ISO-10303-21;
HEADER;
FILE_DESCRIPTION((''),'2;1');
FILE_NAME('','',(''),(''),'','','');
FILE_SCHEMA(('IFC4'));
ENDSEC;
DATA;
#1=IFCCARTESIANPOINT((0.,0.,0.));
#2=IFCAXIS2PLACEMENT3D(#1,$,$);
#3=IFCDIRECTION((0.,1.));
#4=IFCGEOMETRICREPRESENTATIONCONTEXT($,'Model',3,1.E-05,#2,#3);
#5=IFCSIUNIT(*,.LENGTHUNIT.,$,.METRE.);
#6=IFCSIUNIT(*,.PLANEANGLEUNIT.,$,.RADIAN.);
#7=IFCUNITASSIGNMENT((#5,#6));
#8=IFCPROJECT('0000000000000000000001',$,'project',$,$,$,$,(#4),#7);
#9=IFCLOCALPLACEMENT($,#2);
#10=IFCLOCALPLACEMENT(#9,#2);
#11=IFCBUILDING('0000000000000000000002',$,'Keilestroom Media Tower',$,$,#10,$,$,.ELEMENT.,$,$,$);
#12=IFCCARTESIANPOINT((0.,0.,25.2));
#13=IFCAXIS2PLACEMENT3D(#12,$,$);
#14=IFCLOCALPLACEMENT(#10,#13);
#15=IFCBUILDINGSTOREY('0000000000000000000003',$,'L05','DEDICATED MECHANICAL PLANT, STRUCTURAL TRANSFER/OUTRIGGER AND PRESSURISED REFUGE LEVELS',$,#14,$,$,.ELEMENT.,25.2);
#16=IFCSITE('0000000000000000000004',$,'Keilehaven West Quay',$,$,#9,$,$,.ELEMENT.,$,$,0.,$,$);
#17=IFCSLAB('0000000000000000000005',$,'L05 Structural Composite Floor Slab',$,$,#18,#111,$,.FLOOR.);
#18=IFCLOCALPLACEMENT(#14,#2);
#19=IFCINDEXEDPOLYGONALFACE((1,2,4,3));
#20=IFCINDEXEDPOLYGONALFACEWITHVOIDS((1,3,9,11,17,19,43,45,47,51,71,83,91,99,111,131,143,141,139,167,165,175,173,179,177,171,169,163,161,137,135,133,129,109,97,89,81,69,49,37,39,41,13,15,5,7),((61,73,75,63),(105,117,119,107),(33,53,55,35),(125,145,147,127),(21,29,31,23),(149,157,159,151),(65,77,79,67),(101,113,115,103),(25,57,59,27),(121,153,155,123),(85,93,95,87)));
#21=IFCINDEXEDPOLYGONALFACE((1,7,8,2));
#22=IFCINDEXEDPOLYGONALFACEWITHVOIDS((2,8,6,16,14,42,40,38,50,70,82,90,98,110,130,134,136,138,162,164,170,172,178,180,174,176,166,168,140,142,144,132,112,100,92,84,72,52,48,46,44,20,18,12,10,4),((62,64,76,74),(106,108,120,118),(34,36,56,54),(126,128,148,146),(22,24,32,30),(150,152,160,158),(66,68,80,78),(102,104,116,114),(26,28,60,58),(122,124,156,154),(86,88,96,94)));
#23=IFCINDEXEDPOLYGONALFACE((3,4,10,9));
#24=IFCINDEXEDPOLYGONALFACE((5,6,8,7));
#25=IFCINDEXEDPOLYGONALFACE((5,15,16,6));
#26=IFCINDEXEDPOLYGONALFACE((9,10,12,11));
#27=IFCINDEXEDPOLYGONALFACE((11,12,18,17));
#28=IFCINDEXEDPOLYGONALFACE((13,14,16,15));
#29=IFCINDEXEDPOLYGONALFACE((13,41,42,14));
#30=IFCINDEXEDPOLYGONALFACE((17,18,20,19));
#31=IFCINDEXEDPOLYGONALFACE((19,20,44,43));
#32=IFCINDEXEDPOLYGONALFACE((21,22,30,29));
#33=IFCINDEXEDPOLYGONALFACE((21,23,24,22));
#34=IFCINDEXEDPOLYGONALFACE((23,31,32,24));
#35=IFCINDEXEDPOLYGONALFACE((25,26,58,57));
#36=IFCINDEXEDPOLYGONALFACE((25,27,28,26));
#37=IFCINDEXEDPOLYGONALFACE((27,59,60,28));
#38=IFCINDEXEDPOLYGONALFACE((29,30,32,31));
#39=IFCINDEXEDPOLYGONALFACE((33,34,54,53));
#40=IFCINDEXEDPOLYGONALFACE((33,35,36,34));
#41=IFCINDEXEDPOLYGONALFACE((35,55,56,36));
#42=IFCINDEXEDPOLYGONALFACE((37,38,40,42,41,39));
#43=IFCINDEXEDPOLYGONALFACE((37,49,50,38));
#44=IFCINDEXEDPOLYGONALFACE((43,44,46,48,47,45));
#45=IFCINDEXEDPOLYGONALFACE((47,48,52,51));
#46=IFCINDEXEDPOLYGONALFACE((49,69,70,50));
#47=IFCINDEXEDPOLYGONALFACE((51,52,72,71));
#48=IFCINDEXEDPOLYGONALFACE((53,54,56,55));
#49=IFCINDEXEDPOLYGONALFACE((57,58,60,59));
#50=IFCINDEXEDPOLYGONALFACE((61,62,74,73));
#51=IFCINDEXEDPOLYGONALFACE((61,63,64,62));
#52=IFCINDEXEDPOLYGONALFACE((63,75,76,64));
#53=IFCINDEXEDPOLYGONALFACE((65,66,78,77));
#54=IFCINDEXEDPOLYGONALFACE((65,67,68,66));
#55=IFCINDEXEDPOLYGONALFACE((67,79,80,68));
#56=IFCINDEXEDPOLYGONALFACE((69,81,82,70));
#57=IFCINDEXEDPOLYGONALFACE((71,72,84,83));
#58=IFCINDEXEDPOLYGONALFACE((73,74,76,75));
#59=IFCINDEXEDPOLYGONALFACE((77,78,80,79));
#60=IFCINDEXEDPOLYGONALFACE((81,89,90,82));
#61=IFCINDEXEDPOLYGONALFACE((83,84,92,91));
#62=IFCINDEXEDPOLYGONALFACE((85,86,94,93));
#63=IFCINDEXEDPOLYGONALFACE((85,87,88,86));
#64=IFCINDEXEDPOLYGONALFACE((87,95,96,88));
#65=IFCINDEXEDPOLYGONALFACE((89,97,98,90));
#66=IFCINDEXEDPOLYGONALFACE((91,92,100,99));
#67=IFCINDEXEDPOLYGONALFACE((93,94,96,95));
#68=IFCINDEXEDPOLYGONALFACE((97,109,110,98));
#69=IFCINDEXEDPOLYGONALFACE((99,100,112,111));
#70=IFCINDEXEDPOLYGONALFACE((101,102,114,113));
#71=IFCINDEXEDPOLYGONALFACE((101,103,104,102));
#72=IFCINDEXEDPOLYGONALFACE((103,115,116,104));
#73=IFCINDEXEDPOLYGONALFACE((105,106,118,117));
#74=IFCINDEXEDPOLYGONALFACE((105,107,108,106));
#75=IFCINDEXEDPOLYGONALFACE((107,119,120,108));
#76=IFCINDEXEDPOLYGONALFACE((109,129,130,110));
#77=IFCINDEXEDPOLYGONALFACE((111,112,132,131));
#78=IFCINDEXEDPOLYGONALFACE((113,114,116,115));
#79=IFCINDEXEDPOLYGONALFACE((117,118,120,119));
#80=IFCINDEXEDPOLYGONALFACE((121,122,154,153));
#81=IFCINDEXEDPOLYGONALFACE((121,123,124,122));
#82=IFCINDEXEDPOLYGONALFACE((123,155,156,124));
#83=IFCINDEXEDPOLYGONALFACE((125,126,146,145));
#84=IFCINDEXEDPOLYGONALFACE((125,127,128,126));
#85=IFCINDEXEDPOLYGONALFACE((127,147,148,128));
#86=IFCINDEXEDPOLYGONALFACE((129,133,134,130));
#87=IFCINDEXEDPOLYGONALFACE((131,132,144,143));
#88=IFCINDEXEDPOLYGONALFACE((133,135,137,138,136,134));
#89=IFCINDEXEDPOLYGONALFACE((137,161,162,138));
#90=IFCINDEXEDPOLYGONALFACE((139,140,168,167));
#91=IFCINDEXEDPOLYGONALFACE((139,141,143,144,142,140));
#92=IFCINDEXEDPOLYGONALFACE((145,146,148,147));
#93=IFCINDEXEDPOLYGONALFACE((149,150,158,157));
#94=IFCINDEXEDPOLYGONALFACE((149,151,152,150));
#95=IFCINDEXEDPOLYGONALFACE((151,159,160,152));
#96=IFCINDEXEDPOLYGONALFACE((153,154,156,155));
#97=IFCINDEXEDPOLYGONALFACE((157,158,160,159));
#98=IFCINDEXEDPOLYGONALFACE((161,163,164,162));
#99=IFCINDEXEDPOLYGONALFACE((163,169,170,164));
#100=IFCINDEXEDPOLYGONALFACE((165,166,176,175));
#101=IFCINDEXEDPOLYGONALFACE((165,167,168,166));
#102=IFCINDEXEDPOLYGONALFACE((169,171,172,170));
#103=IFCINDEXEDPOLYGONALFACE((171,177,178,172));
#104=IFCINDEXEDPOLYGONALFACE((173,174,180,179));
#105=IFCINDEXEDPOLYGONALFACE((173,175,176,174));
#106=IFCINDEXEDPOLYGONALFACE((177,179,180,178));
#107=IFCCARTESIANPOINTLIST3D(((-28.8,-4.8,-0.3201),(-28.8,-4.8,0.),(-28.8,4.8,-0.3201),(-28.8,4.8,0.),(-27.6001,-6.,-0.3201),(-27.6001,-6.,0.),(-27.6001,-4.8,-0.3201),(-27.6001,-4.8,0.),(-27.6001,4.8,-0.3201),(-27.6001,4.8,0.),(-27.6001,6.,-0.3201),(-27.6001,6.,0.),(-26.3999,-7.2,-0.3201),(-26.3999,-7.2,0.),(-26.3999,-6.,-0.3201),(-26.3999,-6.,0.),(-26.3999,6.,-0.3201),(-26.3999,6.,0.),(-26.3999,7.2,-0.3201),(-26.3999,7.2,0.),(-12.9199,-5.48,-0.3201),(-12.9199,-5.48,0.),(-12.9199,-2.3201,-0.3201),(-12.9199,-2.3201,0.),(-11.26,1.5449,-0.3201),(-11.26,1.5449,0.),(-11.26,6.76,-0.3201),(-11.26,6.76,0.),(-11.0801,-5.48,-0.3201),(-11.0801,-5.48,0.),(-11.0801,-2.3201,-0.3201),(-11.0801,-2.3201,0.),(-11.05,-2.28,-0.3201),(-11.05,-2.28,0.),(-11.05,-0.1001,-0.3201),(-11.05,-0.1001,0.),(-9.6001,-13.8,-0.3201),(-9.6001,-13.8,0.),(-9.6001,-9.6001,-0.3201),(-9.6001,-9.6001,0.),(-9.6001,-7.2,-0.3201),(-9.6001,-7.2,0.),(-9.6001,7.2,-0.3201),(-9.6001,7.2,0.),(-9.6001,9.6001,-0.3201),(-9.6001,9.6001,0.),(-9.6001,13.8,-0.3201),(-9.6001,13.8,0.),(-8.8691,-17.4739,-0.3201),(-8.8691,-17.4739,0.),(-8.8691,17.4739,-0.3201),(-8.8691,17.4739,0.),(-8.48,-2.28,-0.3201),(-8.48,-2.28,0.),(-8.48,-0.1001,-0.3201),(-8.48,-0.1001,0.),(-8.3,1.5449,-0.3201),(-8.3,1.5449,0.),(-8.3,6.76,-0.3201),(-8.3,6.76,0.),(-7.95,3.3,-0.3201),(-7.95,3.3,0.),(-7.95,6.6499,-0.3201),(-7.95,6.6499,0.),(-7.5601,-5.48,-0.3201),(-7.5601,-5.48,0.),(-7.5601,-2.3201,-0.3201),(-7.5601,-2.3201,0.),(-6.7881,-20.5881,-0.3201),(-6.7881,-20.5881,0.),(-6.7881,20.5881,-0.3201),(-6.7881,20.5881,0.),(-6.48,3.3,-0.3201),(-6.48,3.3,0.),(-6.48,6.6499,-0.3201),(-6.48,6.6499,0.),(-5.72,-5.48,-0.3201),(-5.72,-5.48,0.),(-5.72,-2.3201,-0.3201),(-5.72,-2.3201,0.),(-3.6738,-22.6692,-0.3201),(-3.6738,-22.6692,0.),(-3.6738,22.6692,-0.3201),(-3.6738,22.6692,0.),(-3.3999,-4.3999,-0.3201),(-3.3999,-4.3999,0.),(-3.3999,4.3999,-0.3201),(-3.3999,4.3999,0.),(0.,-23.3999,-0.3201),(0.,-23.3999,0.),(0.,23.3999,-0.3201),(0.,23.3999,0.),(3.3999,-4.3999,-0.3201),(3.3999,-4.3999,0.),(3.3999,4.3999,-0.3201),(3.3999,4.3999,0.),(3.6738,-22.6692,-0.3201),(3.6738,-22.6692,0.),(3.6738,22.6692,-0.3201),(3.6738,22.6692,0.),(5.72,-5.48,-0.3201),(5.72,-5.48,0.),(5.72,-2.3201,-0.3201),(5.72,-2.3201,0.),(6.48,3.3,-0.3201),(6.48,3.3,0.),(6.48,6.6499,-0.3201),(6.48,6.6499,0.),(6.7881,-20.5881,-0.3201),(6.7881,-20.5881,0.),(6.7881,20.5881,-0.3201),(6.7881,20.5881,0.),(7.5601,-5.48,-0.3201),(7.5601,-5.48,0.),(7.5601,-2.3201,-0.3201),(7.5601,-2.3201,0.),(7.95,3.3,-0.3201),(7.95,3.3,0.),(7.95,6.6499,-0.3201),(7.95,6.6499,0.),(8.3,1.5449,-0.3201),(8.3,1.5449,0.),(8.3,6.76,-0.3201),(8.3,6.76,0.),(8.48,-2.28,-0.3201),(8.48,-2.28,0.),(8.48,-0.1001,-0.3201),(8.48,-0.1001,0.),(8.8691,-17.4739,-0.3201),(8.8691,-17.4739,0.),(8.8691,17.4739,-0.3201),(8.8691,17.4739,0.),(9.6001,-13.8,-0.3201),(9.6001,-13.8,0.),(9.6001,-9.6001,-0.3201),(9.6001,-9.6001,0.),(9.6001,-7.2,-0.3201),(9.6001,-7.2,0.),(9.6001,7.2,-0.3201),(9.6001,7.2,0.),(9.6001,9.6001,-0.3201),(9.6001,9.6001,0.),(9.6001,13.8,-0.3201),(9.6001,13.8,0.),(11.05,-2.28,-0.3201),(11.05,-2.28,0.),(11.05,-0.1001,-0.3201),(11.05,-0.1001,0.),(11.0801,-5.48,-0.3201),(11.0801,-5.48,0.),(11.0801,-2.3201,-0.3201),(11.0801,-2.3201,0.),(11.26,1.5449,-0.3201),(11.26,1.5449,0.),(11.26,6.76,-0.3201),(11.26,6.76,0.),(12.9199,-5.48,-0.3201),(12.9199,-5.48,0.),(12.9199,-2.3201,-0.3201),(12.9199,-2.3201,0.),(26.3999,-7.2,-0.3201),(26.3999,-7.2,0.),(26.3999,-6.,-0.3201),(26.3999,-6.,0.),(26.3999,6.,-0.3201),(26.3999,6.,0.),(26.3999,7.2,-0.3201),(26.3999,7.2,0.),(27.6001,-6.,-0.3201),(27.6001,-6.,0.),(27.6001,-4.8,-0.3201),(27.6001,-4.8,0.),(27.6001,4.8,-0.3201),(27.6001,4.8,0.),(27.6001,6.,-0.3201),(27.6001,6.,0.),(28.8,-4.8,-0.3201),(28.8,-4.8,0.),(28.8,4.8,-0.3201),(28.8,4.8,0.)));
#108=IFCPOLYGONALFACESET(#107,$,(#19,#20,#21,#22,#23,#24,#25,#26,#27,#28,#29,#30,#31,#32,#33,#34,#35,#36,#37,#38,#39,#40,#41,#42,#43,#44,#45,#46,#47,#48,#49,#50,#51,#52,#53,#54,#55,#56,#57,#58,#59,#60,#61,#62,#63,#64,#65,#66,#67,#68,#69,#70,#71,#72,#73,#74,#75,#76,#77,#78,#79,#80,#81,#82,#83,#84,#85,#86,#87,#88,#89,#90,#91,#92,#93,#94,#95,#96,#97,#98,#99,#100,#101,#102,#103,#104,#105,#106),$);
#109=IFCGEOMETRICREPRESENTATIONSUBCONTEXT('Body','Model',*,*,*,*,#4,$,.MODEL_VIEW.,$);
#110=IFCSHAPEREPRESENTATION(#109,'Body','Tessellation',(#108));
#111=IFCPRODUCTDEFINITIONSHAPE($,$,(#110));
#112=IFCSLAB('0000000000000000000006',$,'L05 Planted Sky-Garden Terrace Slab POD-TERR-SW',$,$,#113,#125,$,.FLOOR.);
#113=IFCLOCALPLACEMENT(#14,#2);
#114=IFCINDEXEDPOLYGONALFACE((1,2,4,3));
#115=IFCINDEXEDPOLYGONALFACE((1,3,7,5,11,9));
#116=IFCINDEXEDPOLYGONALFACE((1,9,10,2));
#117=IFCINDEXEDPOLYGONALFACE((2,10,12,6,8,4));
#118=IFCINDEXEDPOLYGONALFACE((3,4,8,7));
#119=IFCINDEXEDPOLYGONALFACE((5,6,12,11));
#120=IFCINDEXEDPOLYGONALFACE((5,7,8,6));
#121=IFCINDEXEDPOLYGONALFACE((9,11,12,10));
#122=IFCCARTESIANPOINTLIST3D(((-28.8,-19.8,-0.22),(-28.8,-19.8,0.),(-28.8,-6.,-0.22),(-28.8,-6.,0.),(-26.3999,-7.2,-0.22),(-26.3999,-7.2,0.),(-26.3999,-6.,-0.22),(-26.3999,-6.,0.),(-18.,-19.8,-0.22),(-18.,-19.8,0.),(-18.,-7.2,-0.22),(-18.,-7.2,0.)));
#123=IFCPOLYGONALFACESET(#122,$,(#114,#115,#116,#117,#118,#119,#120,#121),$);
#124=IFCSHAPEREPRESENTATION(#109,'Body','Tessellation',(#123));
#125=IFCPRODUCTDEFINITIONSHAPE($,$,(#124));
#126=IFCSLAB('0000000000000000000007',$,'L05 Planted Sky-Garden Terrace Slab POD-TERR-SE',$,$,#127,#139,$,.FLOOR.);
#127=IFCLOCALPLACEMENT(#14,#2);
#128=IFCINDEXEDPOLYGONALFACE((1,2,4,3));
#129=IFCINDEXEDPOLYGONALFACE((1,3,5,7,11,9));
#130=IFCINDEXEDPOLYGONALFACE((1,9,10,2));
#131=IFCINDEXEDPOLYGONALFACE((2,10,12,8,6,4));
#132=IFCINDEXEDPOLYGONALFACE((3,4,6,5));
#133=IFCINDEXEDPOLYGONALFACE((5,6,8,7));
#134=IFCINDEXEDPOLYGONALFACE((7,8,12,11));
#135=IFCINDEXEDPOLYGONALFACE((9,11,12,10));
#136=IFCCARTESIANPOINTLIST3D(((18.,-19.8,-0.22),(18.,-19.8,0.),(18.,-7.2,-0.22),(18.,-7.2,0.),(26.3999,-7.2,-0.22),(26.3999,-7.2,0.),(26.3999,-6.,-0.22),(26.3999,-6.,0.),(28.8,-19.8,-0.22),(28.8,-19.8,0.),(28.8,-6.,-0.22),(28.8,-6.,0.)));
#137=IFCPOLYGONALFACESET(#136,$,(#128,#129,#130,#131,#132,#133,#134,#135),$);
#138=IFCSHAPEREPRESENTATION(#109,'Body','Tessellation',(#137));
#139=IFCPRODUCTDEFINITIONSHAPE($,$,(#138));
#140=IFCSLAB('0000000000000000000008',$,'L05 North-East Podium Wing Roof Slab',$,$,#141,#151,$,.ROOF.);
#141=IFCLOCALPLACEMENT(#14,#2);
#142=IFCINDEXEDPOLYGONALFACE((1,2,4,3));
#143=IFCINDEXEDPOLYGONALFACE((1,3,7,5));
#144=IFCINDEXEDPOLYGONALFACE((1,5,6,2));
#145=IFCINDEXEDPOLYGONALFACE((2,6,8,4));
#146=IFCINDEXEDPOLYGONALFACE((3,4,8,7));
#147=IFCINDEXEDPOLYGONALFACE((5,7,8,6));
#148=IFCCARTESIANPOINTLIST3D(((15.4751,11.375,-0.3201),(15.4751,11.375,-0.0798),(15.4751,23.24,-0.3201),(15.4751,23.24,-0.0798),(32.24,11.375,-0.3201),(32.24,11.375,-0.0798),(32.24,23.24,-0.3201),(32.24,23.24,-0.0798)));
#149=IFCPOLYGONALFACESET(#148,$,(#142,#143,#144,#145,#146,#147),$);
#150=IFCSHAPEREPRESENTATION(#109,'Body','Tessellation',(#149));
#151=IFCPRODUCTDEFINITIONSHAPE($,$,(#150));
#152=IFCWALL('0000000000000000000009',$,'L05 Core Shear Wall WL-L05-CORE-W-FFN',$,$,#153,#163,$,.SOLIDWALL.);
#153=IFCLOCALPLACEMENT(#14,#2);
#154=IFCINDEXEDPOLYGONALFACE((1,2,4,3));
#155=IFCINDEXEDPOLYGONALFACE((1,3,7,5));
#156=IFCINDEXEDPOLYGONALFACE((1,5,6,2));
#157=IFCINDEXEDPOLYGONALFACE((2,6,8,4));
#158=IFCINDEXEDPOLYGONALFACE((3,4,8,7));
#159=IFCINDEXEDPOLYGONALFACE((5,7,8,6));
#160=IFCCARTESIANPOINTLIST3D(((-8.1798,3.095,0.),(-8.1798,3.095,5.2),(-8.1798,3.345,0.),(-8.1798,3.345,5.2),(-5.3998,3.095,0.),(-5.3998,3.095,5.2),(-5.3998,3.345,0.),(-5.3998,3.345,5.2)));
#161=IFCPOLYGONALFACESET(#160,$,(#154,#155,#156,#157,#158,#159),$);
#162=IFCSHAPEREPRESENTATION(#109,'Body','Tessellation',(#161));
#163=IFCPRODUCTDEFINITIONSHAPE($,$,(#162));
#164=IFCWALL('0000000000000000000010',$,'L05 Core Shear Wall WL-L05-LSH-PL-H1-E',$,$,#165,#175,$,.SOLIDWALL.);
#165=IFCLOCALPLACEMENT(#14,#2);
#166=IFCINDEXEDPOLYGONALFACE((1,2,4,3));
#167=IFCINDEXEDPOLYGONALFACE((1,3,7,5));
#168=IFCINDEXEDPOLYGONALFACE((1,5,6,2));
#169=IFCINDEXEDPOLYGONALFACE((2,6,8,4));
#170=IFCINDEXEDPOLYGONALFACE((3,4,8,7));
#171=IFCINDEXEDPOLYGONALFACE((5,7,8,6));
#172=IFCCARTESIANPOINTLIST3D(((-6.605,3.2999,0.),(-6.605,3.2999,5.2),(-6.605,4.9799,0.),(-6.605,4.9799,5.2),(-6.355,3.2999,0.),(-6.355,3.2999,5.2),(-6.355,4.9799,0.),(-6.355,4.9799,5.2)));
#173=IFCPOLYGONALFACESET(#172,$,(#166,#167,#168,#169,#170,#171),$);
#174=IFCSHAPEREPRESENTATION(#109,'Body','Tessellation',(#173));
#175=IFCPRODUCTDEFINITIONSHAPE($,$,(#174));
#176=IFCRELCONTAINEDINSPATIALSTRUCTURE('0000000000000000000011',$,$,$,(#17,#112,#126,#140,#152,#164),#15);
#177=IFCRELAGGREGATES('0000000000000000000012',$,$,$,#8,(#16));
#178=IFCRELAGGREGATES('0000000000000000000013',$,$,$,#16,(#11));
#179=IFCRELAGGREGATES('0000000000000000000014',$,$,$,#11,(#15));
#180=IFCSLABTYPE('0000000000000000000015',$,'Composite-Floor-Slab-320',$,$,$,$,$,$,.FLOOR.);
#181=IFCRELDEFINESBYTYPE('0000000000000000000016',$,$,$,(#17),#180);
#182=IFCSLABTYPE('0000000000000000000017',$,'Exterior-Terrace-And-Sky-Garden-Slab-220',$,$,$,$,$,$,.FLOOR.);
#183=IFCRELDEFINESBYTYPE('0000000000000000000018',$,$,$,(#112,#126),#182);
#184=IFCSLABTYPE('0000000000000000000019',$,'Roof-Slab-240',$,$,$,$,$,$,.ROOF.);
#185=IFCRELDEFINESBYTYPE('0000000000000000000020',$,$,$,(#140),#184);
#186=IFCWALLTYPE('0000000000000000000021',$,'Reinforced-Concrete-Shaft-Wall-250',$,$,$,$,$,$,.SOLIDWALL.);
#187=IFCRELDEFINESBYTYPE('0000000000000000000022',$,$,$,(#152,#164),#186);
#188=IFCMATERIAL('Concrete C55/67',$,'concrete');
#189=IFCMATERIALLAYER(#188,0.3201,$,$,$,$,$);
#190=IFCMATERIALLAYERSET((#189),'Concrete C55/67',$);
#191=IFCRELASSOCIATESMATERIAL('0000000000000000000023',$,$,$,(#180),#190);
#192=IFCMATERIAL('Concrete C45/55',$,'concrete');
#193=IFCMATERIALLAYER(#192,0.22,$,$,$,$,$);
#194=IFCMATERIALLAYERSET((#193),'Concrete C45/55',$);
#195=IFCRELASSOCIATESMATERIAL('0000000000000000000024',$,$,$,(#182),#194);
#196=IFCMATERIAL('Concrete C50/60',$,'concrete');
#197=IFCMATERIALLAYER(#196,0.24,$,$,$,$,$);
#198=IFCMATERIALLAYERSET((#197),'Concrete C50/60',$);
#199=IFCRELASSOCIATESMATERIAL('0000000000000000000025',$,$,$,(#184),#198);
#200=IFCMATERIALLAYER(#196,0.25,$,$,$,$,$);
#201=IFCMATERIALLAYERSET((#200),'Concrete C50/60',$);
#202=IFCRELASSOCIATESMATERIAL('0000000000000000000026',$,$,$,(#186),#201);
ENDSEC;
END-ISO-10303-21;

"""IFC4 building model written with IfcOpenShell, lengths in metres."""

from ifc_helpers import new_model, si_unit, direction, frame, frame_2d, origin, place, context, subcontext, project, spatial, polyline, rectangle, outline, extrude, material, layer, layer_set, type_object, element, save


model = new_model("IFC4")

# Units and contexts
model_context = context("Model", 3, precision=1e-05, world=origin(), true_north=direction((0.0, 1.0)))
body_context = subcontext(model_context, "Body", "Model", "MODEL_VIEW")
ifc_project = project(units=[si_unit("LENGTHUNIT", "METRE"), si_unit("PLANEANGLEUNIT", "RADIAN")], contexts=[model_context])

# Site, building, storey
site_placement = place(None, origin())
site = spatial("IfcSite", under=ifc_project, at=site_placement, Name="Keilehaven West Quay", CompositionType="ELEMENT", RefElevation=0.0)
building_placement = place(site_placement, origin())
building = spatial("IfcBuilding", under=site, at=building_placement, Name="Keilestroom Media Tower", CompositionType="ELEMENT")
storey_placement = place(building_placement, frame((0.0, 0.0, 25.2)))
storey = spatial("IfcBuildingStorey", under=building, at=storey_placement, Name="L05", Description="DEDICATED MECHANICAL PLANT, STRUCTURAL TRANSFER/OUTRIGGER AND PRESSURISED REFUGE LEVELS", CompositionType="ELEMENT", Elevation=25.2)

# Slabs
ifc_material_1 = material(Name="Concrete C55/67", Category="concrete")
ifc_layer_1 = layer(ifc_material_1, 0.3201)
ifc_layer_set_1 = layer_set([ifc_layer_1], Name="Concrete C55/67")
slab_type_1 = type_object("IfcSlabType", Name="Composite-Floor-Slab-320", PredefinedType="FLOOR", material=ifc_layer_set_1)
slab_1_placement = place(storey_placement, frame((0.0, 0.0, -0.3201)))
element("IfcSlab", 1, at=slab_1_placement, inside=storey, type_object=slab_type_1, Name="L05 Structural Composite Floor Slab", PredefinedType="FLOOR", context=body_context, shape_type="SweptSolid", body=[
    extrude(outline(polyline([(28.8, -4.8), (28.8, 4.8), (27.6001, 4.8), (27.6001, 6.0), (26.3999, 6.0), (26.3999, 7.2), (9.6001, 7.2), (9.6001, 9.6001), (9.6001, 13.8), (8.8691, 17.4739), (6.7881, 20.5881), (3.6738, 22.6692), (0.0, 23.3999), (-3.6738, 22.6692), (-6.7881, 20.5881), (-8.8691, 17.4739), (-9.6001, 13.8), (-9.6001, 9.6001), (-9.6001, 7.2), (-26.3999, 7.2), (-26.3999, 6.0), (-27.6001, 6.0), (-27.6001, 4.8), (-28.8, 4.8), (-28.8, -4.8), (-27.6001, -4.8), (-27.6001, -6.0), (-26.3999, -6.0), (-26.3999, -7.2), (-9.6001, -7.2), (-9.6001, -9.6001), (-9.6001, -13.8), (-8.8691, -17.4739), (-6.7881, -20.5881), (-3.6738, -22.6692), (0.0, -23.3999), (3.6738, -22.6692), (6.7881, -20.5881), (8.8691, -17.4739), (9.6001, -13.8), (9.6001, -9.6001), (9.6001, -7.2), (26.3999, -7.2), (26.3999, -6.0), (27.6001, -6.0), (27.6001, -4.8), (28.8, -4.8)]), holes=[polyline([(-12.9199, -5.48), (-12.9199, -2.3201), (-11.0801, -2.3201), (-11.0801, -5.48), (-12.9199, -5.48)]), polyline([(-11.26, 1.5449), (-11.26, 6.76), (-8.3, 6.76), (-8.3, 1.5449), (-11.26, 1.5449)]), polyline([(-11.05, -2.28), (-11.05, -0.1001), (-8.48, -0.1001), (-8.48, -2.28), (-11.05, -2.28)]), polyline([(-7.95, 3.3), (-7.95, 6.6499), (-6.48, 6.6499), (-6.48, 3.3), (-7.95, 3.3)]), polyline([(-7.5601, -5.48), (-7.5601, -2.3201), (-5.72, -2.3201), (-5.72, -5.48), (-7.5601, -5.48)]), polyline([(-3.3999, -4.3999), (-3.3999, 4.3999), (3.3999, 4.3999), (3.3999, -4.3999), (-3.3999, -4.3999)]), polyline([(5.72, -5.48), (5.72, -2.3201), (7.5601, -2.3201), (7.5601, -5.48), (5.72, -5.48)]), polyline([(7.95, 6.6499), (7.95, 3.3), (6.48, 3.3), (6.48, 6.6499), (7.95, 6.6499)]), polyline([(8.3, 6.76), (11.26, 6.76), (11.26, 1.5449), (8.3, 1.5449), (8.3, 6.76)]), polyline([(8.48, -2.28), (8.48, -0.1001), (11.05, -0.1001), (11.05, -2.28), (8.48, -2.28)]), polyline([(12.9199, -5.48), (11.0801, -5.48), (11.0801, -2.3201), (12.9199, -2.3201), (12.9199, -5.48)])]), origin(), (0.0, 0.0, 1.0), 0.3201),
])
ifc_material_2 = material(Name="Concrete C45/55", Category="concrete")
ifc_layer_2 = layer(ifc_material_2, 0.22)
ifc_layer_set_2 = layer_set([ifc_layer_2], Name="Concrete C45/55")
slab_type_2 = type_object("IfcSlabType", Name="Exterior-Terrace-And-Sky-Garden-Slab-220", PredefinedType="FLOOR", material=ifc_layer_set_2)
slab_2_placement = place(storey_placement, frame((0.0, 0.0, -0.22)))
element("IfcSlab", 2, at=slab_2_placement, inside=storey, type_object=slab_type_2, Name="L05 Planted Sky-Garden Terrace Slab POD-TERR-SW", PredefinedType="FLOOR", context=body_context, shape_type="SweptSolid", body=[
    extrude(outline(polyline([(-28.8, -19.8), (-18.0, -19.8), (-18.0, -7.2), (-26.3999, -7.2), (-26.3999, -6.0), (-28.8, -6.0), (-28.8, -19.8)])), origin(), (0.0, 0.0, 1.0), 0.22),
])
slab_3_placement = place(storey_placement, frame((0.0, 0.0, -0.22)))
element("IfcSlab", 3, at=slab_3_placement, inside=storey, type_object=slab_type_2, Name="L05 Planted Sky-Garden Terrace Slab POD-TERR-SE", PredefinedType="FLOOR", context=body_context, shape_type="SweptSolid", body=[
    extrude(outline(polyline([(18.0, -19.8), (28.8, -19.8), (28.8, -6.0), (26.3999, -6.0), (26.3999, -7.2), (18.0, -7.2), (18.0, -19.8)])), origin(), (0.0, 0.0, 1.0), 0.22),
])
ifc_material_3 = material(Name="Concrete C50/60", Category="concrete")
ifc_layer_3 = layer(ifc_material_3, 0.24)
ifc_layer_set_3 = layer_set([ifc_layer_3], Name="Concrete C50/60")
slab_type_3 = type_object("IfcSlabType", Name="Roof-Slab-240", PredefinedType="ROOF", material=ifc_layer_set_3)
slab_4_placement = place(storey_placement, frame((0.0, 0.0, -0.3201)))
element("IfcSlab", 4, at=slab_4_placement, inside=storey, type_object=slab_type_3, Name="L05 North-East Podium Wing Roof Slab", PredefinedType="ROOF", context=body_context, shape_type="SweptSolid", body=[
    extrude(outline(polyline([(15.4751, 11.375), (32.24, 11.375), (32.24, 23.24), (15.4751, 23.24), (15.4751, 11.375)])), origin(), (0.0, 0.0, 1.0), 0.2402),
])

# Walls
ifc_layer_4 = layer(ifc_material_3, 0.25)
ifc_layer_set_4 = layer_set([ifc_layer_4], Name="Concrete C50/60")
wall_type_1 = type_object("IfcWallType", Name="Reinforced-Concrete-Shaft-Wall-250", PredefinedType="SOLIDWALL", material=ifc_layer_set_4)
wall_1_placement = place(storey_placement, frame((-8.1799, 3.22, 0.0), z_axis=(0.0, 0.0, 1.0), x_axis=(1.0, 0.0, 0.0)))
element("IfcWall", 5, at=wall_1_placement, inside=storey, type_object=wall_type_1, Name="L05 Core Shear Wall WL-L05-CORE-W-FFN", PredefinedType="SOLIDWALL", context=body_context, shape_type="SweptSolid", body=[
    extrude(rectangle(XDim=2.78, YDim=0.25, at=frame_2d((1.3901, 0.0))), origin(), (0.0, 0.0, 1.0), 5.2),
])
wall_2_placement = place(storey_placement, frame((-6.48, 3.3, 0.0), z_axis=(0.0, 0.0, 1.0), x_axis=(0.0, 1.0, 0.0)))
element("IfcWall", 6, at=wall_2_placement, inside=storey, type_object=wall_type_1, Name="L05 Core Shear Wall WL-L05-LSH-PL-H1-E", PredefinedType="SOLIDWALL", context=body_context, shape_type="SweptSolid", body=[
    extrude(rectangle(XDim=1.6799, YDim=0.25, at=frame_2d((0.8398, 0.0))), origin(), (0.0, 0.0, 1.0), 5.2),
])

save(model, "model.ifc")
